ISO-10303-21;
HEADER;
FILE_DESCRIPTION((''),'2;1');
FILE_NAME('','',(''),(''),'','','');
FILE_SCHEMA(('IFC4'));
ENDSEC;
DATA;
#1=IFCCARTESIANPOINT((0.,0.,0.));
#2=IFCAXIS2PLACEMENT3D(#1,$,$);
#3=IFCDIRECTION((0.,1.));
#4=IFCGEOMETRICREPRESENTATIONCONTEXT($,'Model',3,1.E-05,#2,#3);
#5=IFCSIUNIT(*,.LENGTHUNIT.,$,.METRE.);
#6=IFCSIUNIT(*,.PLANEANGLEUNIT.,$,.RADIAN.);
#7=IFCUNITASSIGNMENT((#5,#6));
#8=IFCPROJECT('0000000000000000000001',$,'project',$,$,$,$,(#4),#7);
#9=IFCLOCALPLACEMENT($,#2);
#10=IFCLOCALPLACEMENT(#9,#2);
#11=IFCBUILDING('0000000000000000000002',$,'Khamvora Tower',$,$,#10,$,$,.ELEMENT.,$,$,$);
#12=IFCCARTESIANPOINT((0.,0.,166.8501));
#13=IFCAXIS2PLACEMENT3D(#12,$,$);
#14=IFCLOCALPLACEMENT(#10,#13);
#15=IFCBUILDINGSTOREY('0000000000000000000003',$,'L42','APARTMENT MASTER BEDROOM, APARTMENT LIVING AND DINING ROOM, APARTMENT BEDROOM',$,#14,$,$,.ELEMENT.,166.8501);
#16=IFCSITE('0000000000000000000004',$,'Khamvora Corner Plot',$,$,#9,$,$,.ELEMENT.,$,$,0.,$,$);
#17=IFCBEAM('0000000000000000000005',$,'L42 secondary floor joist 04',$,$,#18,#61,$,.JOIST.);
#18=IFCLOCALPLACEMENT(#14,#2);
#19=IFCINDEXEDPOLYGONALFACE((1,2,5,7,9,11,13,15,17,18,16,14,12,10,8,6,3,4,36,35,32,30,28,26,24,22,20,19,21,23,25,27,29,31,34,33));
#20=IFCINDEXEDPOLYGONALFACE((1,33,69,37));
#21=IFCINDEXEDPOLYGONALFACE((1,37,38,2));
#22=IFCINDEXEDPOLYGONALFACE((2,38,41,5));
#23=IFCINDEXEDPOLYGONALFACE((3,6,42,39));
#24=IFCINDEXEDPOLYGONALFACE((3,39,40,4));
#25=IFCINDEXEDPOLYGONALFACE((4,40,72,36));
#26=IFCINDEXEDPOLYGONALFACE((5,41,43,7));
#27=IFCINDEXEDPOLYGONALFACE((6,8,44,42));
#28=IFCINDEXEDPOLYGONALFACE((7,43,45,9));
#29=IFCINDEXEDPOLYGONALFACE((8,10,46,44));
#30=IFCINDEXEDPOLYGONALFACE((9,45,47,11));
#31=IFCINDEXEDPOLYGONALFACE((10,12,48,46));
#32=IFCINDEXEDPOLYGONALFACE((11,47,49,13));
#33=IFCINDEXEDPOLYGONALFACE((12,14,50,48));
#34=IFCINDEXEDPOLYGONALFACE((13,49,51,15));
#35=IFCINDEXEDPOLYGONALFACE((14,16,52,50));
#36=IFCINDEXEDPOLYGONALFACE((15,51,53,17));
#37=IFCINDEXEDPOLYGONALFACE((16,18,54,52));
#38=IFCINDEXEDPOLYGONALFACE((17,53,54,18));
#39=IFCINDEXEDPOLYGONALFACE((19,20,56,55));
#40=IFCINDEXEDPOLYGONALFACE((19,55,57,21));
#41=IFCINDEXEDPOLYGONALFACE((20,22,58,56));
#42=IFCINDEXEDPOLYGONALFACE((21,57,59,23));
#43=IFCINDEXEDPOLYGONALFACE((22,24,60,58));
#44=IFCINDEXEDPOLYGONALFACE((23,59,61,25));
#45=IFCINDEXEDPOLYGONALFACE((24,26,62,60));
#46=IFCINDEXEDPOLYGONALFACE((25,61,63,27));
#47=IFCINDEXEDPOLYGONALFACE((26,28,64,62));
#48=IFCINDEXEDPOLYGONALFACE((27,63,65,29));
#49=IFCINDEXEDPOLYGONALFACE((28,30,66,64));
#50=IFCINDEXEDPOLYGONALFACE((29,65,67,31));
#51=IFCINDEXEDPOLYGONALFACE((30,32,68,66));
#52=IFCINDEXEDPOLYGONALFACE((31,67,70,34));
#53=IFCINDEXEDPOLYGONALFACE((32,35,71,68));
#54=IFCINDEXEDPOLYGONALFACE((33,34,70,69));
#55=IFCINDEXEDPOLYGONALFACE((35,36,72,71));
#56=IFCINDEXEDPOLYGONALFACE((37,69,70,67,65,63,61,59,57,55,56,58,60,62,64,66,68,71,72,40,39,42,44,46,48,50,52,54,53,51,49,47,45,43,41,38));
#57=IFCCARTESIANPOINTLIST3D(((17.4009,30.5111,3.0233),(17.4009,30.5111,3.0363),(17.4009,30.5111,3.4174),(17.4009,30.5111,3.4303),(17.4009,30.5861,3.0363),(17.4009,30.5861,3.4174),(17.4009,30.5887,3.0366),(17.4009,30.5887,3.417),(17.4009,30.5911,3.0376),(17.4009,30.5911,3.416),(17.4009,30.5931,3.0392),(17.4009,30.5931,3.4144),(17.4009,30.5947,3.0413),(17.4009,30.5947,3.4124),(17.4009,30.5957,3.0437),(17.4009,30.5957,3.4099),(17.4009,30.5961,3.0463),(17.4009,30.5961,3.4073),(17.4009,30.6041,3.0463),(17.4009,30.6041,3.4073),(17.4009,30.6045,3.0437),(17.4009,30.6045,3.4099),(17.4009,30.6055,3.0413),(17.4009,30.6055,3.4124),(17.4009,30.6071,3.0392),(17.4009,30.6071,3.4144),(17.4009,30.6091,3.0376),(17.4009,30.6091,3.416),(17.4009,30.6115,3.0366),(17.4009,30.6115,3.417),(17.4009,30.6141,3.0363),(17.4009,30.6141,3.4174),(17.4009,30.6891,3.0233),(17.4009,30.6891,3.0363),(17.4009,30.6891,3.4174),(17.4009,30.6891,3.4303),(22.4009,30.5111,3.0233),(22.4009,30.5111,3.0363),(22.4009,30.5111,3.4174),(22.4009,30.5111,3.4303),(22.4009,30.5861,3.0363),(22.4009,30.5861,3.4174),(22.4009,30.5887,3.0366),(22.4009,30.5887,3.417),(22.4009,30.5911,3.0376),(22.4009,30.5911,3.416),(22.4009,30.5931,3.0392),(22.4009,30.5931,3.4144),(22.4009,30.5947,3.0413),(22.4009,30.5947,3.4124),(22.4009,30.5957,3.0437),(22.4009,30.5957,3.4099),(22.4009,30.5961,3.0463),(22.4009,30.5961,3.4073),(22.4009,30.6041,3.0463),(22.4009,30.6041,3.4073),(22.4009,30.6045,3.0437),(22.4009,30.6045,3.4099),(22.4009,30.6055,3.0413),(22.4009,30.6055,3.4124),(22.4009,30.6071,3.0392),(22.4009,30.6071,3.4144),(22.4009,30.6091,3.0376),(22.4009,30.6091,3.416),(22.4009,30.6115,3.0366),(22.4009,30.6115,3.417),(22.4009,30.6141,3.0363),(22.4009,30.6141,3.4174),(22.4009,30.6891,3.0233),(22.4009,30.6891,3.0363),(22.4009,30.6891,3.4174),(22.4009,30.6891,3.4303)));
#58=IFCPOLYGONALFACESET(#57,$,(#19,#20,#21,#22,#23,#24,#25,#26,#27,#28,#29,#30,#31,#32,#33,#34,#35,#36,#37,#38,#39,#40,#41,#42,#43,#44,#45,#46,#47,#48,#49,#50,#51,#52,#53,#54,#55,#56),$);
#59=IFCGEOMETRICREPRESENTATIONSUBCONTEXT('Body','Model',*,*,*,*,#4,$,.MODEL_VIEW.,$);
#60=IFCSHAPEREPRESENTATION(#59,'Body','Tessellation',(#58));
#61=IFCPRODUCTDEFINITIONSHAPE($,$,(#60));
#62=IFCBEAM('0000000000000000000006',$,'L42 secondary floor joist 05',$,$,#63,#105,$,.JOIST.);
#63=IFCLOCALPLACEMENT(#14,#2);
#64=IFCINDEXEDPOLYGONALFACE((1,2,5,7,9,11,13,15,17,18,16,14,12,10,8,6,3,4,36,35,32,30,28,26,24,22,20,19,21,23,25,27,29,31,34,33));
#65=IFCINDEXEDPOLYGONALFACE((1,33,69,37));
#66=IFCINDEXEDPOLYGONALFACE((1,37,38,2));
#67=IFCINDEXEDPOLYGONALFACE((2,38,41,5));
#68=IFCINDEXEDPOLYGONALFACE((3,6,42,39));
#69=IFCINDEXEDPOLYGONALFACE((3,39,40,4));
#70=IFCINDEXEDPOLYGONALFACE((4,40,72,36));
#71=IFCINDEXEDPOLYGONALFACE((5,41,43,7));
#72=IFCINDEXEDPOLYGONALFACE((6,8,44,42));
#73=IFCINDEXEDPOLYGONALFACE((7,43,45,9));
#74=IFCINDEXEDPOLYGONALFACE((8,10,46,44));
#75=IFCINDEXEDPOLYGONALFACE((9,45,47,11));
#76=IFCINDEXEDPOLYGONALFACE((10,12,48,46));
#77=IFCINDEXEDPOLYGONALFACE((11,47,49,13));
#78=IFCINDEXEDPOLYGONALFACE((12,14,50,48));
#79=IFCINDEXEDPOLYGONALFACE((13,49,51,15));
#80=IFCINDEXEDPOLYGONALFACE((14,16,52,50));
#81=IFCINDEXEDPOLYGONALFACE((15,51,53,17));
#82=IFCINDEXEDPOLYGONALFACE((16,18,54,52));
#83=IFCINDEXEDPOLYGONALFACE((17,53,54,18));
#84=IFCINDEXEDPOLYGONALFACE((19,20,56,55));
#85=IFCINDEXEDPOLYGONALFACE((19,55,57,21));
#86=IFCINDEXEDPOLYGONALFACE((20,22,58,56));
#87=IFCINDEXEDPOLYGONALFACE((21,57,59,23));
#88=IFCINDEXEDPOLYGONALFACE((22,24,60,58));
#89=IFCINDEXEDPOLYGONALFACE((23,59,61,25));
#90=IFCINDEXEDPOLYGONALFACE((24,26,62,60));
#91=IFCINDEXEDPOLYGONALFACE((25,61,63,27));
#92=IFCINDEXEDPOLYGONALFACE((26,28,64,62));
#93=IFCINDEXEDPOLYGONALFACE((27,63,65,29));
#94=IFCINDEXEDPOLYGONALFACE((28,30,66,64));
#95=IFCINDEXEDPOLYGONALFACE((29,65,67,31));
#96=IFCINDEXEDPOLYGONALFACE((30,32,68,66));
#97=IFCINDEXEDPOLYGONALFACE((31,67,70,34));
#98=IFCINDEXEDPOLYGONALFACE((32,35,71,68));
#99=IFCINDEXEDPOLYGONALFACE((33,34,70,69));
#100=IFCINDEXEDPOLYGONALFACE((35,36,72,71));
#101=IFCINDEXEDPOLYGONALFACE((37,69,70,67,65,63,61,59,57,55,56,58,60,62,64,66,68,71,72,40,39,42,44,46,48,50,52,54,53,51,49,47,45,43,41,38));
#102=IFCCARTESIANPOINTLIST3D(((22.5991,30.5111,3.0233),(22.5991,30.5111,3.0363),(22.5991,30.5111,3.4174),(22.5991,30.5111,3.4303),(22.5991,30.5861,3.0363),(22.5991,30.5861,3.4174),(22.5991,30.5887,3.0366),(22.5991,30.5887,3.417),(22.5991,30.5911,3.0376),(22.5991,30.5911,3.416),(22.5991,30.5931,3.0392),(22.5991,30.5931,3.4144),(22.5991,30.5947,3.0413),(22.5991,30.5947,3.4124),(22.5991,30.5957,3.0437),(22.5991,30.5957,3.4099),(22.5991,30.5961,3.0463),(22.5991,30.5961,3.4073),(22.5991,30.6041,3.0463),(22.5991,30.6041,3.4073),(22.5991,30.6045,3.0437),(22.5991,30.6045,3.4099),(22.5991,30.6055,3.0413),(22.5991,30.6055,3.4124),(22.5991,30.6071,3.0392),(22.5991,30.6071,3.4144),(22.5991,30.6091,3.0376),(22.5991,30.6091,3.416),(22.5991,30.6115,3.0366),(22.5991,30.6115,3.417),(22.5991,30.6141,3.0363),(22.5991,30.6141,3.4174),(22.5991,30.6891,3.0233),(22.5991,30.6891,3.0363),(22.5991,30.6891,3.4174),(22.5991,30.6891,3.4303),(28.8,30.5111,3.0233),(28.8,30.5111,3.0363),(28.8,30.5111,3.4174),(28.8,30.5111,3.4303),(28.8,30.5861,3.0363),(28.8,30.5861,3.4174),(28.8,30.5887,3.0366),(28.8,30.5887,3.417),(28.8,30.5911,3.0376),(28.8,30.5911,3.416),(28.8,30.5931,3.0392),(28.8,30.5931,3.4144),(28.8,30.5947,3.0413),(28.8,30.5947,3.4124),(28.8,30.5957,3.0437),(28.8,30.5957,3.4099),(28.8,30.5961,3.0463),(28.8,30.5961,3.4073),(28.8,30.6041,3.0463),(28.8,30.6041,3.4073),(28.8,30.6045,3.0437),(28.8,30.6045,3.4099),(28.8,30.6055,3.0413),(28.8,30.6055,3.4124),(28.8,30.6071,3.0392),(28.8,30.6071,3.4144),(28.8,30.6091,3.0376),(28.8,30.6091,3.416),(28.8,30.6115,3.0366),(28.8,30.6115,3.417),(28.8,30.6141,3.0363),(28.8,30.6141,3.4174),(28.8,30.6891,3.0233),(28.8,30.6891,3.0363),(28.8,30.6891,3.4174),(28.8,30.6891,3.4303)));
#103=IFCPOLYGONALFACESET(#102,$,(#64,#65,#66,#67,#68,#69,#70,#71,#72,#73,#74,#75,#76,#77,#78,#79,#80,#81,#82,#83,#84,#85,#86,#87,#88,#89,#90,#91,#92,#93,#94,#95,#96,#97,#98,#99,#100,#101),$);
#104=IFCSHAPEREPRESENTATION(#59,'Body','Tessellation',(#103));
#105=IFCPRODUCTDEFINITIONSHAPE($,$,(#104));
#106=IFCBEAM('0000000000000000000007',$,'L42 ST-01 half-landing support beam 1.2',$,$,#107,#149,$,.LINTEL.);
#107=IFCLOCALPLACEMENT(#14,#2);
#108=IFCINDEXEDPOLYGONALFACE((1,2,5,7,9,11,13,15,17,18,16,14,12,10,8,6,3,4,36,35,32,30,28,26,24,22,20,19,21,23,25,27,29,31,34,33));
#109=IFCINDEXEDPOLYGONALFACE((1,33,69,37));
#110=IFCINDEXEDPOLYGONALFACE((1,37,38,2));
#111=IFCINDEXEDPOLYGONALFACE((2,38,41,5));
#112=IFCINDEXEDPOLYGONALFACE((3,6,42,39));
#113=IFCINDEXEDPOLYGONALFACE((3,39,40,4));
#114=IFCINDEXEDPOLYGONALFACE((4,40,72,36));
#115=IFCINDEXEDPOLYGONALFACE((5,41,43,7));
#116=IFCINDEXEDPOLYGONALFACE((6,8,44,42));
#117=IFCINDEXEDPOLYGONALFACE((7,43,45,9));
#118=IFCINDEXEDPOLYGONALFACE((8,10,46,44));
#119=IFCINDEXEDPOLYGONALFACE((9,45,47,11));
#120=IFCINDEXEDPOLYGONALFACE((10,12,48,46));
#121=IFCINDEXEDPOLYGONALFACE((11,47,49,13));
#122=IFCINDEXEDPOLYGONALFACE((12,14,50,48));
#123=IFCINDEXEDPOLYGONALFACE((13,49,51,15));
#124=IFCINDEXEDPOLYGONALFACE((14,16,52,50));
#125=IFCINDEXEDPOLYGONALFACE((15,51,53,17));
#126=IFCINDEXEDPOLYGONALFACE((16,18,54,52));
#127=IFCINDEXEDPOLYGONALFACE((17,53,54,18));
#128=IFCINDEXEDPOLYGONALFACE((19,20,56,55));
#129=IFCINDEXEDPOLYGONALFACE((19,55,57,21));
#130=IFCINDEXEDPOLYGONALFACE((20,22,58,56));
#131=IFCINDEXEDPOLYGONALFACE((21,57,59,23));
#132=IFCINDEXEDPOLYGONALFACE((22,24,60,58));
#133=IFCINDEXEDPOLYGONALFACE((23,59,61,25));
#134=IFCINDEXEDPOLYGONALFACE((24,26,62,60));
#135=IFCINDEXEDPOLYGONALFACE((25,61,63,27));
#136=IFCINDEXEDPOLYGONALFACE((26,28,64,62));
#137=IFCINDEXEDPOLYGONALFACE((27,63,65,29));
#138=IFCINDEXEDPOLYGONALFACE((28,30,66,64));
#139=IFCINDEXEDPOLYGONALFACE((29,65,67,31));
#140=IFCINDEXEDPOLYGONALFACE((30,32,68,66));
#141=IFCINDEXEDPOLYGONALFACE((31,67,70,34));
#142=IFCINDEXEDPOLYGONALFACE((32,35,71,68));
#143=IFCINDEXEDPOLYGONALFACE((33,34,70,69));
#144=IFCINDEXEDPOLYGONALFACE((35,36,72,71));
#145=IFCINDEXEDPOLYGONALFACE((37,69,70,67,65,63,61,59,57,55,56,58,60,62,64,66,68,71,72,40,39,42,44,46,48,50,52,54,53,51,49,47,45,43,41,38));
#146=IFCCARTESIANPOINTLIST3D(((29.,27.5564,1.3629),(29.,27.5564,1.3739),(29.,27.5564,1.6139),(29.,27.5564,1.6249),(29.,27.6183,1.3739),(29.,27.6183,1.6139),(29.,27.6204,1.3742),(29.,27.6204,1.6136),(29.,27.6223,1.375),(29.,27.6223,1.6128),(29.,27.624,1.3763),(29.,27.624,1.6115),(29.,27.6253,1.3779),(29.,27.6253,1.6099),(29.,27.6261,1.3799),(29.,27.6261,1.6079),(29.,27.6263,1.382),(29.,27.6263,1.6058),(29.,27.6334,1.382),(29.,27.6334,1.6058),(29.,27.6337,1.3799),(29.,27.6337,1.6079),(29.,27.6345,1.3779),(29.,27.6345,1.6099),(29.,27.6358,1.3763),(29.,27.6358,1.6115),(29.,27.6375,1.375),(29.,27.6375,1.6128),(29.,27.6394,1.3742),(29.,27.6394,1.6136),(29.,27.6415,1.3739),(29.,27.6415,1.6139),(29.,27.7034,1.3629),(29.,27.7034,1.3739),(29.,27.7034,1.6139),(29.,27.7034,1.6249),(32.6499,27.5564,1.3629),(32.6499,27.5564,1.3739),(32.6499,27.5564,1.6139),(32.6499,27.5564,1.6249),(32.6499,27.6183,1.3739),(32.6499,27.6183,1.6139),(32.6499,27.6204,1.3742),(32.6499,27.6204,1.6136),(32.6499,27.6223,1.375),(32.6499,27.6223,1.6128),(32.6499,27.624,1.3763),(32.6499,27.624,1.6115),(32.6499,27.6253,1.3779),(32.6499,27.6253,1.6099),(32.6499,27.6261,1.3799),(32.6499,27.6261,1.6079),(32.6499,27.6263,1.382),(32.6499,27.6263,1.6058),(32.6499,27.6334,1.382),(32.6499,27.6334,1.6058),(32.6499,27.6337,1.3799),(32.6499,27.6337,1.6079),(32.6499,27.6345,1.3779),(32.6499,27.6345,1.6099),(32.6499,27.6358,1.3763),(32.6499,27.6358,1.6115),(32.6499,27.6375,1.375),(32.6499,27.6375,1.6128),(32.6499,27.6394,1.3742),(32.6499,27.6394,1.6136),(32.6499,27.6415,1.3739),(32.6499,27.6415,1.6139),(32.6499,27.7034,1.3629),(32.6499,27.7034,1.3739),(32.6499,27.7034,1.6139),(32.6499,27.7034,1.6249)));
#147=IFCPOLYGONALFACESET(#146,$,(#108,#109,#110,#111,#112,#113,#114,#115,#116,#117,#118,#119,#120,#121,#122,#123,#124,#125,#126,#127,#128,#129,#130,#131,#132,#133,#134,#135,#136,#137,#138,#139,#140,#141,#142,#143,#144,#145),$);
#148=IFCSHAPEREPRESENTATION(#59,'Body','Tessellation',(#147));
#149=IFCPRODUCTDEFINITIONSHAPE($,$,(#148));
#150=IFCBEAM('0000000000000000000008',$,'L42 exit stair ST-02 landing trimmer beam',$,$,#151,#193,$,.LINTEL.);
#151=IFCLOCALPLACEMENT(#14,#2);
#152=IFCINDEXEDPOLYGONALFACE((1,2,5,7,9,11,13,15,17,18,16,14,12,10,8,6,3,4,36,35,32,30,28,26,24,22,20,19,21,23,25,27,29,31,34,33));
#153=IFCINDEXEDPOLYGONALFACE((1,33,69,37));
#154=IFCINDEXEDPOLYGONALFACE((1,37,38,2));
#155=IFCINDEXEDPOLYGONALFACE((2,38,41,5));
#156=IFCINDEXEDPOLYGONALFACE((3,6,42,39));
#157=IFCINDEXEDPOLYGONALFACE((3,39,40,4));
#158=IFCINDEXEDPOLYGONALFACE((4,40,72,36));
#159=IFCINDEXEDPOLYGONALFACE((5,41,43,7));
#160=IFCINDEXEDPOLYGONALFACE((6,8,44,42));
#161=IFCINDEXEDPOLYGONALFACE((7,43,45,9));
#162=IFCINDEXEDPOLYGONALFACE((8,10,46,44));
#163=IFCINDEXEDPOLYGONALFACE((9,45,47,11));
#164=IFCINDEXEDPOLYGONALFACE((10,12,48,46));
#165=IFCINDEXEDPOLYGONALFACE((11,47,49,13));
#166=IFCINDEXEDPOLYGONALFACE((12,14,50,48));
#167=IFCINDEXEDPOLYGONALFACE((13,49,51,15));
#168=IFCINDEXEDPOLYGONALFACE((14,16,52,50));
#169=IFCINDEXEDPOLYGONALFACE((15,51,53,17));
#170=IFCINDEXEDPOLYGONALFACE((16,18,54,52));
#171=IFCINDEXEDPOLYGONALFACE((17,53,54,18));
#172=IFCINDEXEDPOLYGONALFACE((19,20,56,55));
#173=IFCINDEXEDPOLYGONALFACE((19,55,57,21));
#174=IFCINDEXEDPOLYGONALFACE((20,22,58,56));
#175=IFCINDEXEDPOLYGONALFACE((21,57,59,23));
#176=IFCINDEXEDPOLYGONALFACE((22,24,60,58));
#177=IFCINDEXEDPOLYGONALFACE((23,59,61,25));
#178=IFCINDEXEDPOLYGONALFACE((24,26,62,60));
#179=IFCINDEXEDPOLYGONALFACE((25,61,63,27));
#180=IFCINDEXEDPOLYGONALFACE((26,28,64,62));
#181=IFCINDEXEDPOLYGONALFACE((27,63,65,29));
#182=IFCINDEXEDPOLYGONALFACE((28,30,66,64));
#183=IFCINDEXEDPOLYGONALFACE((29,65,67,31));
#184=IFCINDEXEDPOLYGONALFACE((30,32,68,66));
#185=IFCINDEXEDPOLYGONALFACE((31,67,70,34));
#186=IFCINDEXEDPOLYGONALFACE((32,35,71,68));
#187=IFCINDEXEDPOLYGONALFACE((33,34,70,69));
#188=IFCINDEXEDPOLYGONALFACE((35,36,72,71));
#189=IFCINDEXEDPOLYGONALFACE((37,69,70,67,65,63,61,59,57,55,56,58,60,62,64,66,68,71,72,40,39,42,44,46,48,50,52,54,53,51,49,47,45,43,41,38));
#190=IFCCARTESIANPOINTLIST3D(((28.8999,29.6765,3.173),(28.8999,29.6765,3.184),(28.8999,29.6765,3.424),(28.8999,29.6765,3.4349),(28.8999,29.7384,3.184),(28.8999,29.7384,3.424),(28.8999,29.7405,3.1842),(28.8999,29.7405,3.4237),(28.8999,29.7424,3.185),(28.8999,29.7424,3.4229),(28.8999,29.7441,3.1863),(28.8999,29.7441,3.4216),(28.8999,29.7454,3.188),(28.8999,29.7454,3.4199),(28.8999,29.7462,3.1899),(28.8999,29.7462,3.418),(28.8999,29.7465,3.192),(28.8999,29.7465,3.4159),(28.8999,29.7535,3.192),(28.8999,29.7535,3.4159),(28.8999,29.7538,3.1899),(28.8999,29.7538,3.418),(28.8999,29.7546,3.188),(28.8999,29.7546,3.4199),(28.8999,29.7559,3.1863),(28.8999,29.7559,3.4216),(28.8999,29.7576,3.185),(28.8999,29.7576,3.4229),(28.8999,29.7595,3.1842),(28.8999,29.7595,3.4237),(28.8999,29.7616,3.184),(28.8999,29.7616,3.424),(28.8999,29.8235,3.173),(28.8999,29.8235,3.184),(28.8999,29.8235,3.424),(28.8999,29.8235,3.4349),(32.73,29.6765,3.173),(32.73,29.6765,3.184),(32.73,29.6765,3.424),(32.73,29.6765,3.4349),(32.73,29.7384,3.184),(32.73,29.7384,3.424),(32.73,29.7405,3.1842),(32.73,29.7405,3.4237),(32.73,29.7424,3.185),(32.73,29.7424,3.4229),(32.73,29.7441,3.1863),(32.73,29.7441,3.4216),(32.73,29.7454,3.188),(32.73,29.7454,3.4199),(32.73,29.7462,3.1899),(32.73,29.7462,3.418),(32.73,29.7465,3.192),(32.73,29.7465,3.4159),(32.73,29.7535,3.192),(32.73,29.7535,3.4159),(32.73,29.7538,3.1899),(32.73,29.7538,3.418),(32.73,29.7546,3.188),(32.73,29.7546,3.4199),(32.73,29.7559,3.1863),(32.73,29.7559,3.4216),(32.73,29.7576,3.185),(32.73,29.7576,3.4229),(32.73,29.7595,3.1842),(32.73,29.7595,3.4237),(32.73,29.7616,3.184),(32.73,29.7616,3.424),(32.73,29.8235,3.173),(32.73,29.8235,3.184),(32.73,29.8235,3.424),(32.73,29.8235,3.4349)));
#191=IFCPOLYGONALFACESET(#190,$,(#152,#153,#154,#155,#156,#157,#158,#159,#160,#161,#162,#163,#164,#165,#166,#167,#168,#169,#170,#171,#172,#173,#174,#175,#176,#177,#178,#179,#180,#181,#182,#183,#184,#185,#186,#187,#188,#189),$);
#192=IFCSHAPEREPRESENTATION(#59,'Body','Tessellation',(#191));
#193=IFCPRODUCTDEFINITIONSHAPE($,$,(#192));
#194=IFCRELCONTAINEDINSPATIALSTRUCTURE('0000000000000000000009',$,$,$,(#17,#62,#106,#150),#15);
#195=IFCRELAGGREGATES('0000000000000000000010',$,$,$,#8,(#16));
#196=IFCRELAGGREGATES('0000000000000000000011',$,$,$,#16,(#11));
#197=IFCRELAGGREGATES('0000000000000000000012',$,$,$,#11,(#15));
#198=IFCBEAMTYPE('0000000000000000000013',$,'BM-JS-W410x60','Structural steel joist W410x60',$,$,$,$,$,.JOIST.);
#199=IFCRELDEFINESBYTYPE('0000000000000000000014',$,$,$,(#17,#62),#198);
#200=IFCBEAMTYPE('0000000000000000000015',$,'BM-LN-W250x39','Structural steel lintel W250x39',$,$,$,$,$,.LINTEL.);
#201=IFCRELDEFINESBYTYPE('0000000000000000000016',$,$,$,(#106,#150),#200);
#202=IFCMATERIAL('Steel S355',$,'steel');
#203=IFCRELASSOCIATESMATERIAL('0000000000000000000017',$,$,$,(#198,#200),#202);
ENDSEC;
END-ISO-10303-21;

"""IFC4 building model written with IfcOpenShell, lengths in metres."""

from ifc_helpers import new_model, si_unit, direction, frame, origin, origin_2d, place, context, subcontext, project, spatial, i_section, extrude, material, material_profile, profile_set, type_object, element, save


model = new_model("IFC4")

# Units and contexts
model_context = context("Model", 3, precision=1e-05, world=origin(), true_north=direction((0.0, 1.0)))
body_context = subcontext(model_context, "Body", "Model", "MODEL_VIEW")
ifc_project = project(units=[si_unit("LENGTHUNIT", "METRE"), si_unit("PLANEANGLEUNIT", "RADIAN")], contexts=[model_context])

# Site, building, storey
site_placement = place(None, origin())
site = spatial("IfcSite", under=ifc_project, at=site_placement, Name="Khamvora Corner Plot", CompositionType="ELEMENT", RefElevation=0.0)
building_placement = place(site_placement, origin())
building = spatial("IfcBuilding", under=site, at=building_placement, Name="Khamvora Tower", CompositionType="ELEMENT")
storey_placement = place(building_placement, frame((0.0, 0.0, 166.8501)))
storey = spatial("IfcBuildingStorey", under=building, at=storey_placement, Name="L42", Description="APARTMENT MASTER BEDROOM, APARTMENT LIVING AND DINING ROOM, APARTMENT BEDROOM", CompositionType="ELEMENT", Elevation=166.8501)

# Beams
ifc_material_1 = material(Name="Steel S355", Category="steel")
ifc_material_profile_1 = material_profile(ifc_material_1, i_section(OverallWidth=0.178, OverallDepth=0.407, WebThickness=0.0081, FlangeThickness=0.0129, FilletRadius=0.01, at=origin_2d()), Name="W410x60")
ifc_profile_set_1 = profile_set([ifc_material_profile_1], Name="Steel S355")
beam_type_1 = type_object("IfcBeamType", Name="BM-JS-W410x60", Description="Structural steel joist W410x60", PredefinedType="JOIST", material=ifc_profile_set_1)
beam_1_placement = place(storey_placement, frame((17.4009, 30.6001, 3.2268), z_axis=(1.0, 0.0, 0.0), x_axis=(0.0, 1.0, 0.0)))
element("IfcBeam", 1, at=beam_1_placement, inside=storey, type_object=beam_type_1, Name="L42 secondary floor joist 04", PredefinedType="JOIST", context=body_context, shape_type="SweptSolid", body=[
    extrude(i_section(OverallWidth=0.178, OverallDepth=0.407, WebThickness=0.0081, FlangeThickness=0.0129, FilletRadius=0.01, at=origin_2d()), origin(), (0.0, 0.0, 1.0), 5.0),
])
beam_2_placement = place(storey_placement, frame((22.5991, 30.6001, 3.2268), z_axis=(1.0, 0.0, 0.0), x_axis=(0.0, 1.0, 0.0)))
element("IfcBeam", 2, at=beam_2_placement, inside=storey, type_object=beam_type_1, Name="L42 secondary floor joist 05", PredefinedType="JOIST", context=body_context, shape_type="SweptSolid", body=[
    extrude(i_section(OverallWidth=0.178, OverallDepth=0.407, WebThickness=0.0081, FlangeThickness=0.0129, FilletRadius=0.01, at=origin_2d()), origin(), (0.0, 0.0, 1.0), 6.2009),
])
ifc_material_profile_2 = material_profile(ifc_material_1, i_section(OverallWidth=0.147, OverallDepth=0.262, WebThickness=0.0071, FlangeThickness=0.011, FilletRadius=0.0081, at=origin_2d()), Name="W250x39")
ifc_profile_set_2 = profile_set([ifc_material_profile_2], Name="Steel S355")
beam_type_2 = type_object("IfcBeamType", Name="BM-LN-W250x39", Description="Structural steel lintel W250x39", PredefinedType="LINTEL", material=ifc_profile_set_2)
beam_3_placement = place(storey_placement, frame((29.0, 27.6299, 1.4939), z_axis=(1.0, 0.0, 0.0), x_axis=(0.0, 1.0, 0.0)))
element("IfcBeam", 3, at=beam_3_placement, inside=storey, type_object=beam_type_2, Name="L42 ST-01 half-landing support beam 1.2", PredefinedType="LINTEL", context=body_context, shape_type="SweptSolid", body=[
    extrude(i_section(OverallWidth=0.147, OverallDepth=0.262, WebThickness=0.0071, FlangeThickness=0.011, FilletRadius=0.0081, at=origin_2d()), origin(), (0.0, 0.0, 1.0), 3.6499),
])
beam_4_placement = place(storey_placement, frame((28.8999, 29.75, 3.304), z_axis=(1.0, 0.0, 0.0), x_axis=(0.0, 1.0, 0.0)))
element("IfcBeam", 4, at=beam_4_placement, inside=storey, type_object=beam_type_2, Name="L42 exit stair ST-02 landing trimmer beam", PredefinedType="LINTEL", context=body_context, shape_type="SweptSolid", body=[
    extrude(i_section(OverallWidth=0.147, OverallDepth=0.262, WebThickness=0.0071, FlangeThickness=0.011, FilletRadius=0.0081, at=origin_2d()), origin(), (0.0, 0.0, 1.0), 3.8301),
])

save(model, "model.ifc")
